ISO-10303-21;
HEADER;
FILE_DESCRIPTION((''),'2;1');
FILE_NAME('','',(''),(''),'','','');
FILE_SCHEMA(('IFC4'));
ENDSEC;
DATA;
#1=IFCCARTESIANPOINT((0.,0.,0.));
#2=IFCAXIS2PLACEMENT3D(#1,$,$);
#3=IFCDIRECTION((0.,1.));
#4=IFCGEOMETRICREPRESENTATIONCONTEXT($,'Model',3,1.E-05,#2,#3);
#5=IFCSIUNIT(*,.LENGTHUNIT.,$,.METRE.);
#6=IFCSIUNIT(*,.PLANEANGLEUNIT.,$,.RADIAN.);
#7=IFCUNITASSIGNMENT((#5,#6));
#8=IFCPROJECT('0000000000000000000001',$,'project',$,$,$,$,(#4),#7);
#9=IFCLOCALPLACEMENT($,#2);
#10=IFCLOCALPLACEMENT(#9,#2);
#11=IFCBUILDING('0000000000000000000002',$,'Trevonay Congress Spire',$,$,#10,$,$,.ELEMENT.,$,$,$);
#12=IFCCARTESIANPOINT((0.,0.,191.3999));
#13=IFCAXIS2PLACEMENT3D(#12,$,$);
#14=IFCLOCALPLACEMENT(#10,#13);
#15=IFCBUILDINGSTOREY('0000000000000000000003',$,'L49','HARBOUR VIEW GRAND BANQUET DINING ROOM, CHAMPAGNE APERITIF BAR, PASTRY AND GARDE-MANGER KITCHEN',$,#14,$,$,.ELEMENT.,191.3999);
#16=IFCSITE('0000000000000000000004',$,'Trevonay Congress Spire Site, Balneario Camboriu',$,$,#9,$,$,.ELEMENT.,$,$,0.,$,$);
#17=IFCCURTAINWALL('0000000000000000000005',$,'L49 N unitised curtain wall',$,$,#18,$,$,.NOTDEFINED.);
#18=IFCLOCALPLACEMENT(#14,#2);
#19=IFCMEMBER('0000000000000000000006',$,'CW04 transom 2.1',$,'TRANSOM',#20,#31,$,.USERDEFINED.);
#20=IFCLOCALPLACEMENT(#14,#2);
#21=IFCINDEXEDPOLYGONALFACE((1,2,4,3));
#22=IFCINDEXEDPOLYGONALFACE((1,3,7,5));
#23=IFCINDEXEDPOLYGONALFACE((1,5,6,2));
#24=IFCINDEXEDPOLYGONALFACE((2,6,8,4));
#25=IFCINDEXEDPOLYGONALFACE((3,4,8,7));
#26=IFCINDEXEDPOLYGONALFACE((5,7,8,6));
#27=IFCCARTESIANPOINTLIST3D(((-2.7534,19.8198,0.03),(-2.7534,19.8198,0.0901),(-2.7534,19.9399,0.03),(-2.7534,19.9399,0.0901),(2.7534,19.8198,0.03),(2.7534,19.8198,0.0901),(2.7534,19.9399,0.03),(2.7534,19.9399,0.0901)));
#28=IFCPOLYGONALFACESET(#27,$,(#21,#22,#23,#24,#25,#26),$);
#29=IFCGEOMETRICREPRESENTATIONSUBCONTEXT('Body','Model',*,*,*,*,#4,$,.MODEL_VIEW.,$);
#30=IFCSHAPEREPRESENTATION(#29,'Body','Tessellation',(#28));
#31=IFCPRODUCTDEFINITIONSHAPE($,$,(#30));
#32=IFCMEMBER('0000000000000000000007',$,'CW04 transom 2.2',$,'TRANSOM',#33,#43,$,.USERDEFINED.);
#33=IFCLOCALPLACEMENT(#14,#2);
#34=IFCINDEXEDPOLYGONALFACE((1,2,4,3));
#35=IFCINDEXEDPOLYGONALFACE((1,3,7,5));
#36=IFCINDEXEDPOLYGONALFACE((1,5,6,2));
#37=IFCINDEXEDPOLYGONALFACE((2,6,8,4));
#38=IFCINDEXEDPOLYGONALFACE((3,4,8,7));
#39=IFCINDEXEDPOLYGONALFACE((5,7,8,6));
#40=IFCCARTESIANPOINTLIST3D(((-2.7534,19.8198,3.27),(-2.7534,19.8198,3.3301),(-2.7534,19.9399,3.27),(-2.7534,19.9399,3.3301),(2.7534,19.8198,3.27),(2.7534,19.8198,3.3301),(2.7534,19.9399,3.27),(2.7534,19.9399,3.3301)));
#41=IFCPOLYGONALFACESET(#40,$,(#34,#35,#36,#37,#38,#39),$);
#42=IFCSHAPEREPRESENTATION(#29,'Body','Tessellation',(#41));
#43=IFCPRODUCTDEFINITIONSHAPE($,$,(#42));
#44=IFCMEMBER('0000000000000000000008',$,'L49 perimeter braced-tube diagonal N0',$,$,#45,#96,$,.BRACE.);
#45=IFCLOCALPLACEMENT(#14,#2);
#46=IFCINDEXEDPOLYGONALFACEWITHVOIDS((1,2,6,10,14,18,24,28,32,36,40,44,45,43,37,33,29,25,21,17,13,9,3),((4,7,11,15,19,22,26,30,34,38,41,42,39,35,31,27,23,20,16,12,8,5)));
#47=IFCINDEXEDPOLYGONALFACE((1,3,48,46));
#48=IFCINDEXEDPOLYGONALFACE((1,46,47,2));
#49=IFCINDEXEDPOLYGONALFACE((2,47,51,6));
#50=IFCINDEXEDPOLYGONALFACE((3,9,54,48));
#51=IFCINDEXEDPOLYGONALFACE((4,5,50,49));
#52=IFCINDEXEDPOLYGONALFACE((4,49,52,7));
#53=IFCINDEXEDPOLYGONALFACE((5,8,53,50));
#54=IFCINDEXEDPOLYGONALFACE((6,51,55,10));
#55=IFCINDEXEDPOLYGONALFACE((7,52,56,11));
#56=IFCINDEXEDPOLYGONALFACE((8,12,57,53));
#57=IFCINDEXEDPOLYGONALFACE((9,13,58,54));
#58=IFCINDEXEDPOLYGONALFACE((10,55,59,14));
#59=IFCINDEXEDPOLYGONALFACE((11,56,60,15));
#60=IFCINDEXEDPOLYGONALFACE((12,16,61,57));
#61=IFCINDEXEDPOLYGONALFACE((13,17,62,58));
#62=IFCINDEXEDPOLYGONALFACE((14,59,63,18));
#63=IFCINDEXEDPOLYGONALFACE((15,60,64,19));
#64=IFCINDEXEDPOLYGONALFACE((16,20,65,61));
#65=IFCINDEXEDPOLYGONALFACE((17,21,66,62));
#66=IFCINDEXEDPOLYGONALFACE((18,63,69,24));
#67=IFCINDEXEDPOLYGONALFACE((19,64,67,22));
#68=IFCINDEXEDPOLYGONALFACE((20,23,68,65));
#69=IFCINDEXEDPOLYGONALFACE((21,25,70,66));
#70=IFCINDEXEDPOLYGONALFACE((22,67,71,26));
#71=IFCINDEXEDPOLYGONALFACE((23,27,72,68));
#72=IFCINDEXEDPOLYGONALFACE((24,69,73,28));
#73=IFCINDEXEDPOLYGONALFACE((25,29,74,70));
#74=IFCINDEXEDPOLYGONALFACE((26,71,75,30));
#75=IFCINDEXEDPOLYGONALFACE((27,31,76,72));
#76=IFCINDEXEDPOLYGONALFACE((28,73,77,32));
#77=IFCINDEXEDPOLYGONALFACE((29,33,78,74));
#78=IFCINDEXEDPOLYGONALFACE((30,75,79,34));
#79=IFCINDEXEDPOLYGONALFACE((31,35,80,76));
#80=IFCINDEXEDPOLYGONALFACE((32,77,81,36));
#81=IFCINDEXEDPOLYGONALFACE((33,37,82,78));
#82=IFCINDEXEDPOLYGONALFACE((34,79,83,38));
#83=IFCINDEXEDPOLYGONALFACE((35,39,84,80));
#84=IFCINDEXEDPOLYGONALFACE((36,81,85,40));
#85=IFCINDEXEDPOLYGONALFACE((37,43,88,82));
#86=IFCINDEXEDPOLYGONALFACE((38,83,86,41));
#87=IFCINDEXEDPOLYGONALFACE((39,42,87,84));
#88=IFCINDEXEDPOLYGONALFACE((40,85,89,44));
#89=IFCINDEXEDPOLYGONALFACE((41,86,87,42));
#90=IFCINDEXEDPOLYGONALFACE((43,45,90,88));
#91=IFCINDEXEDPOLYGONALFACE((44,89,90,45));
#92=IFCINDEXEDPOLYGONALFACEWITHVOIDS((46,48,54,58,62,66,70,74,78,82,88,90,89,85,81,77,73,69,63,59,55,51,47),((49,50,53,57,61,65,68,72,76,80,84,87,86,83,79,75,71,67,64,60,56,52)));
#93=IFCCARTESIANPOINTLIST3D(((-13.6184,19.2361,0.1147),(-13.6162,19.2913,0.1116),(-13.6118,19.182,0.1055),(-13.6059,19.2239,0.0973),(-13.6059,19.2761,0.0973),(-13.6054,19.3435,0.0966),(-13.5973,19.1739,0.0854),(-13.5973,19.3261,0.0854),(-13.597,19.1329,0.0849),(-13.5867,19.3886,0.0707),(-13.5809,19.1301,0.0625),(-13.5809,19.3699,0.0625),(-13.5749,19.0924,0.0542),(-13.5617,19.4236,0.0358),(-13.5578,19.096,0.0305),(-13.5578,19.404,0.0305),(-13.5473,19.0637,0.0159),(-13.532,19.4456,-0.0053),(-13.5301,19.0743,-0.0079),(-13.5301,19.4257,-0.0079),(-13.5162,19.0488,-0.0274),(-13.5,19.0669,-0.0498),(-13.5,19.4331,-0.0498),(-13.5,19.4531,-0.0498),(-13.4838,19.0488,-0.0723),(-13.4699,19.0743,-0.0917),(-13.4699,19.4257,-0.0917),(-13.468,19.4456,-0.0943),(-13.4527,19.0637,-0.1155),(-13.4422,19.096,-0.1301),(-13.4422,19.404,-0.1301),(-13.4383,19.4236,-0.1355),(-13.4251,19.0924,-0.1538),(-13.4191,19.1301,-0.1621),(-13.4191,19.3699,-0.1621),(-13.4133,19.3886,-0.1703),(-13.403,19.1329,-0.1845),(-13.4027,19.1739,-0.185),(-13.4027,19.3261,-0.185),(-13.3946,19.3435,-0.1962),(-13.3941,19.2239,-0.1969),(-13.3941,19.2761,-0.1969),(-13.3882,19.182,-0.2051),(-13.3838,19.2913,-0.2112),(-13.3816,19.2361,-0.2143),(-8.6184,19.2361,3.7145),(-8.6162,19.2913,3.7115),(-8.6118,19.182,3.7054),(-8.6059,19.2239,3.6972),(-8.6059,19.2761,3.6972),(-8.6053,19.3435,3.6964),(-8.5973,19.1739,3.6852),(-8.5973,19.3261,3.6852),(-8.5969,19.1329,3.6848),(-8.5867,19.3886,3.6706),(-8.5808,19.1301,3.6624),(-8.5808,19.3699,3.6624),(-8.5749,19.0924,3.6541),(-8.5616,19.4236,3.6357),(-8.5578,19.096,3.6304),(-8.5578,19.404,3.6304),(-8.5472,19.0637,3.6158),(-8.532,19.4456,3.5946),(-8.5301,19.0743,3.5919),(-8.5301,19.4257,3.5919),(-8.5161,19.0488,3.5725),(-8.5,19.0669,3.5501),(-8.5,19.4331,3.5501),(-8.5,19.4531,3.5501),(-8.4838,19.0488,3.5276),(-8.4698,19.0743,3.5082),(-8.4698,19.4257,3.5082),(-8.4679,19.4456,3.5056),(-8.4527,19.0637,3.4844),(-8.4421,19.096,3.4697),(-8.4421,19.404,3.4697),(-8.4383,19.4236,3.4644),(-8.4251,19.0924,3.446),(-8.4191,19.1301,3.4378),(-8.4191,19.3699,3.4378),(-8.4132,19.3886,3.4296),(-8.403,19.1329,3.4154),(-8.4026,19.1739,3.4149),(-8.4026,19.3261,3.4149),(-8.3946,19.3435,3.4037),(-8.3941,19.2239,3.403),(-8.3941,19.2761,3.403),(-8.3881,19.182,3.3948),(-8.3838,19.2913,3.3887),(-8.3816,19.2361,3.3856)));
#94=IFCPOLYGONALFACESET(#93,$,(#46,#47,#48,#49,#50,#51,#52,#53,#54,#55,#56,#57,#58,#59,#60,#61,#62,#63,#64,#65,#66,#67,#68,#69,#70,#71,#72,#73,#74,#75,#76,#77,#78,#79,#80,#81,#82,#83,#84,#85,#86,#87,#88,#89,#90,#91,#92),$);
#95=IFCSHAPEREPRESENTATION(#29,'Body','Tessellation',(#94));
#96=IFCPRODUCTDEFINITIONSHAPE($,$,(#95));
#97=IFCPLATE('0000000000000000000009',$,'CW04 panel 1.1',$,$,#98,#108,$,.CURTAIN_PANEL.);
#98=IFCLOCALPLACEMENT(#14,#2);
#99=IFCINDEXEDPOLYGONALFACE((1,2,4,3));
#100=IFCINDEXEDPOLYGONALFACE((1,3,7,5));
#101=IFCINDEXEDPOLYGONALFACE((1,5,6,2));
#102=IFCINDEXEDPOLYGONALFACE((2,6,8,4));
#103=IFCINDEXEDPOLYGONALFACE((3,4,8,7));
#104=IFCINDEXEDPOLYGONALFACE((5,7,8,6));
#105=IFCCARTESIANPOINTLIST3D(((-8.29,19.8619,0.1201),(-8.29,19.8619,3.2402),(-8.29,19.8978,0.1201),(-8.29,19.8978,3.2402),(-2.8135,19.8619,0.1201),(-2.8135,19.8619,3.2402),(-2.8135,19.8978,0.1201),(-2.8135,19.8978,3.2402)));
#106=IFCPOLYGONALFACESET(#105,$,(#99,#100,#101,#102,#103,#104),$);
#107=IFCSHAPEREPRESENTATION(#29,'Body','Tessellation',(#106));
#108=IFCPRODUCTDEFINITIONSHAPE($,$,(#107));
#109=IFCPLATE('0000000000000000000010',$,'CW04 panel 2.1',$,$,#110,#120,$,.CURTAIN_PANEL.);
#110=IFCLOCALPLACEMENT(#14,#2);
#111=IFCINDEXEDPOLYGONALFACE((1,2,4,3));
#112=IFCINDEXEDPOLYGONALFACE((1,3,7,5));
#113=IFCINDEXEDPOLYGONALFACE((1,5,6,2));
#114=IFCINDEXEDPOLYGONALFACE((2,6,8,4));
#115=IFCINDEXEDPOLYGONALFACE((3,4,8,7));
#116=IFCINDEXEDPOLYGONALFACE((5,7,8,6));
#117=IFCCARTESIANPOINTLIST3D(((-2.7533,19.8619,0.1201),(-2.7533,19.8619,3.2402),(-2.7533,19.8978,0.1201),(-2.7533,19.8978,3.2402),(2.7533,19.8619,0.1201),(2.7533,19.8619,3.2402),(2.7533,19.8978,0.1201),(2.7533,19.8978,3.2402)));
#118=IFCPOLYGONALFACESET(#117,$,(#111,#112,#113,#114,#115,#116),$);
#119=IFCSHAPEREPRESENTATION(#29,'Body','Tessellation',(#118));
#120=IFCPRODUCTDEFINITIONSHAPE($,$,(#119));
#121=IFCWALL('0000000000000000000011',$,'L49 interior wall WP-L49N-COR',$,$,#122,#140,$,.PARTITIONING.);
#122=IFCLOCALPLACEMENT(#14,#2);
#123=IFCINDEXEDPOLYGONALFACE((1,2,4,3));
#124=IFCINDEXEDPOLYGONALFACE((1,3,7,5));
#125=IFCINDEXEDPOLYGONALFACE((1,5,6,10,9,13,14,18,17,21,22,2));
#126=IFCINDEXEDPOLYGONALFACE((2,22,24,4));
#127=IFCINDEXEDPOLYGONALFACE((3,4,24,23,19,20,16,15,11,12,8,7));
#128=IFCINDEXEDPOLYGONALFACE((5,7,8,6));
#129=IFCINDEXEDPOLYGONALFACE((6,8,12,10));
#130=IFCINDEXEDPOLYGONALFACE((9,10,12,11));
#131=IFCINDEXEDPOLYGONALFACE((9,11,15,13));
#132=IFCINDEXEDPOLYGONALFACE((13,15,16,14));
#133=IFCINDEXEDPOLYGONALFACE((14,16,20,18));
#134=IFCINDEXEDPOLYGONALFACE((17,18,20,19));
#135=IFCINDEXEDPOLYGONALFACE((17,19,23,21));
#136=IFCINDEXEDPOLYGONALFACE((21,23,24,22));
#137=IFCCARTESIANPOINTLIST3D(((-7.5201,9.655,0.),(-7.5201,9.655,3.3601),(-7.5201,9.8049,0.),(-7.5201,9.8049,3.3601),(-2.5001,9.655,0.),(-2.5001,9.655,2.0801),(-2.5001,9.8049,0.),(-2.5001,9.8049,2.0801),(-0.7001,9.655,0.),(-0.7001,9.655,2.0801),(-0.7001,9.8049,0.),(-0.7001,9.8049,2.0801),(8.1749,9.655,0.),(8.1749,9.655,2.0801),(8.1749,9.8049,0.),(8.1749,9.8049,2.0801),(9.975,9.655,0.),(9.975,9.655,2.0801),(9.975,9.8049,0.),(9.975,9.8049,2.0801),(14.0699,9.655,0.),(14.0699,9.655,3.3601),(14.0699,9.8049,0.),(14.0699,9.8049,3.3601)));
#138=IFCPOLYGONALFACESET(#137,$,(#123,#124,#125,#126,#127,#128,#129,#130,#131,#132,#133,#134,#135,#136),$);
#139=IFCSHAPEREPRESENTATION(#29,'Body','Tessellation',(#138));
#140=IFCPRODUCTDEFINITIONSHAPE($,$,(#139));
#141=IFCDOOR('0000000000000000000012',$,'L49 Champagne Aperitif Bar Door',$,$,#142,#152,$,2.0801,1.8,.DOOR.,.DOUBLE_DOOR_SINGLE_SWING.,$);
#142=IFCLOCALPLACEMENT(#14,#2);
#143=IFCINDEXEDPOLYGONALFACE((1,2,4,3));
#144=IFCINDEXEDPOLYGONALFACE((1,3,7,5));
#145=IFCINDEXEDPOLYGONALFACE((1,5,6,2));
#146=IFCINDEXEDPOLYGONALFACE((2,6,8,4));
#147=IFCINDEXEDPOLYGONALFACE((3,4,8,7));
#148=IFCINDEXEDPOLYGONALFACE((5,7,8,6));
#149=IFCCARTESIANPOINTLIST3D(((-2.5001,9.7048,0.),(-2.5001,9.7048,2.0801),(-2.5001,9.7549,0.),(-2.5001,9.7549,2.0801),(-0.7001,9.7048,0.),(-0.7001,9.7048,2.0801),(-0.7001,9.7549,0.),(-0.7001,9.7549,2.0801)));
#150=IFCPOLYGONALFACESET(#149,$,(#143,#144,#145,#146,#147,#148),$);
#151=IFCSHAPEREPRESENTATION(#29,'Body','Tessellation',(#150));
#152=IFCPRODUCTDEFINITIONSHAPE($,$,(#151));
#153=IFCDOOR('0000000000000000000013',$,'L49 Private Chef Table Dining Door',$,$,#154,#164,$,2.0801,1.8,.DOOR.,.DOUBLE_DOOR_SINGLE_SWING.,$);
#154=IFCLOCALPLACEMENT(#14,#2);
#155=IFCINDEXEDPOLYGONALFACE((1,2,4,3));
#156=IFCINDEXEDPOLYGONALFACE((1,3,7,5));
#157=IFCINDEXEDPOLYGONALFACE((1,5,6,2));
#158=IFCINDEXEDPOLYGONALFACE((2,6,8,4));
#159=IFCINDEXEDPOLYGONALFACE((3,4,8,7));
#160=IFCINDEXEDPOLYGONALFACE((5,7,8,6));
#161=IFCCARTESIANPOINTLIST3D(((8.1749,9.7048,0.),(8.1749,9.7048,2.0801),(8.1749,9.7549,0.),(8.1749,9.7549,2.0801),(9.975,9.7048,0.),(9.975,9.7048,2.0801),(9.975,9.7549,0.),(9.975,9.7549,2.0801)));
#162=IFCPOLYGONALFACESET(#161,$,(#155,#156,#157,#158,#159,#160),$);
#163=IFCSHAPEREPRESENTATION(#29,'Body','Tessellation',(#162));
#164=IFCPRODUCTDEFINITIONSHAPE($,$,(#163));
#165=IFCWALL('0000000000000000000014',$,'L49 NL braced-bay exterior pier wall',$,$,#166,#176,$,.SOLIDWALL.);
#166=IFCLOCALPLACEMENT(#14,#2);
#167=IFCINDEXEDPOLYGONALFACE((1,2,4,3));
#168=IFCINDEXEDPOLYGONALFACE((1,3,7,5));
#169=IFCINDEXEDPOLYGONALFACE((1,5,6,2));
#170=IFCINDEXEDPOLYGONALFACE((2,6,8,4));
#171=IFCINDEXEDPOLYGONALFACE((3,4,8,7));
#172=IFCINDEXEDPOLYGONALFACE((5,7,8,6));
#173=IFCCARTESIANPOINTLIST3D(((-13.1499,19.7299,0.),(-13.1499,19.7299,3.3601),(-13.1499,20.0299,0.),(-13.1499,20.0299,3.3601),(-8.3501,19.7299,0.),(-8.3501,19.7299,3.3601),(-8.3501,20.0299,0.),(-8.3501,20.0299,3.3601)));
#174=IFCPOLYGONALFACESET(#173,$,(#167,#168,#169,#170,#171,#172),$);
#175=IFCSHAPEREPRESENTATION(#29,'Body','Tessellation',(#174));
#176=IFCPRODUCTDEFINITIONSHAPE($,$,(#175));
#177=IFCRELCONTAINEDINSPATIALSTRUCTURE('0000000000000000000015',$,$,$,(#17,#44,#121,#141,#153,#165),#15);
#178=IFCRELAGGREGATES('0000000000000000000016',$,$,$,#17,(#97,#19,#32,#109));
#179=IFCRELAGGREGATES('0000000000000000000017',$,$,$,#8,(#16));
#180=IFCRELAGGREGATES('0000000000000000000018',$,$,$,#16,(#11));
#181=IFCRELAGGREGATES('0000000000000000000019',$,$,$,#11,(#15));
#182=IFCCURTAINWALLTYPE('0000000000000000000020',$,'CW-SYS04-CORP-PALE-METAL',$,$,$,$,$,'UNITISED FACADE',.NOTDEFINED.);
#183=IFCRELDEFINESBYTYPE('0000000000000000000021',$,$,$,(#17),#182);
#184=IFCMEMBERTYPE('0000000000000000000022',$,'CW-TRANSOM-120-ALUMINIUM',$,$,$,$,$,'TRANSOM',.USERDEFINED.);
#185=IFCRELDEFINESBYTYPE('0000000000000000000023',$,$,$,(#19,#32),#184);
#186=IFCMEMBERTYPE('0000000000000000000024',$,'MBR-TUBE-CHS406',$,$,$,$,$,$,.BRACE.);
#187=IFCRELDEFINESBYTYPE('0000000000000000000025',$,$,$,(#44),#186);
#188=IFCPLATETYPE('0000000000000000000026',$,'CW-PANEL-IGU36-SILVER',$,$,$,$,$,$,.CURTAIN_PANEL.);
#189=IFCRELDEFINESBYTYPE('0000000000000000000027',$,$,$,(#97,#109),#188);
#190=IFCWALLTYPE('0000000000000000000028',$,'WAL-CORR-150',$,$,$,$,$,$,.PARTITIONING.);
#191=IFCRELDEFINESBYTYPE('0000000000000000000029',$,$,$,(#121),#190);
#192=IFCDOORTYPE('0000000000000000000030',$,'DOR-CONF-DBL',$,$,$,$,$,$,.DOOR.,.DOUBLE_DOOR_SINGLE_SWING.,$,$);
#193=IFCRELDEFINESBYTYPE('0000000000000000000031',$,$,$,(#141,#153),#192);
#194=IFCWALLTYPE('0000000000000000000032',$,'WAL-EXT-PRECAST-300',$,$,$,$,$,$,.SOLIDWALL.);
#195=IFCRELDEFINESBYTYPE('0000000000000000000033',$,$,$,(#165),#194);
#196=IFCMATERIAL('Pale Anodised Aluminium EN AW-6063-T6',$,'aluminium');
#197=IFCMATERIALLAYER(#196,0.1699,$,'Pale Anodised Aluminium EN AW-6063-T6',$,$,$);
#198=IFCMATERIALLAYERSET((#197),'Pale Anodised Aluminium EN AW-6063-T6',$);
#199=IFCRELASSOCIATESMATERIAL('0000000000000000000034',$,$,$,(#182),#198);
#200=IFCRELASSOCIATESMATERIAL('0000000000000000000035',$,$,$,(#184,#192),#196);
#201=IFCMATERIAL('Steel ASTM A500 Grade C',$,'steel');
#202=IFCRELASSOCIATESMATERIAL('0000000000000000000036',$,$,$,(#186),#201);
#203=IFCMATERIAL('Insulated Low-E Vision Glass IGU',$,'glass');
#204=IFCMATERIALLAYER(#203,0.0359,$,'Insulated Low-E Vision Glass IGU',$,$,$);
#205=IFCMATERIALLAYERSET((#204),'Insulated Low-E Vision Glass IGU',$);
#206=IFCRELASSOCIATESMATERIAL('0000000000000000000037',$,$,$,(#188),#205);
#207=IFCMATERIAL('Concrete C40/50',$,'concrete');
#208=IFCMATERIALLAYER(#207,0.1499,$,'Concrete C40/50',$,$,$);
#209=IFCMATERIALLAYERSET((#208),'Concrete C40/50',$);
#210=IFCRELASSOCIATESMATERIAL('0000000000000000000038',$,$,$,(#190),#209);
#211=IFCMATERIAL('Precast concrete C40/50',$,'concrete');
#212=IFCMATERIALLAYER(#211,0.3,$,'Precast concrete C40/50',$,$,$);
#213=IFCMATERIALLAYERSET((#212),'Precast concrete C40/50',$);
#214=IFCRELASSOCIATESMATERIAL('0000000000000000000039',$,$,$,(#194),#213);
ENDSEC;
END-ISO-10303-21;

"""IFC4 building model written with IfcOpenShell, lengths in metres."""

from ifc_helpers import new_model, si_unit, direction, frame, frame_2d, origin, origin_2d, place, context, subcontext, project, spatial, rectangle, hollow_circle, extrude, material, layer, layer_set, material_profile, profile_set, type_object, element, fill, aggregate, save


model = new_model("IFC4")

# Units and contexts
model_context = context("Model", 3, precision=1e-05, world=origin(), true_north=direction((0.0, 1.0)))
body_context = subcontext(model_context, "Body", "Model", "MODEL_VIEW")
ifc_project = project(units=[si_unit("LENGTHUNIT", "METRE"), si_unit("PLANEANGLEUNIT", "RADIAN")], contexts=[model_context])

# Site, building, storey
site_placement = place(None, origin())
site = spatial("IfcSite", under=ifc_project, at=site_placement, Name="Trevonay Congress Spire Site, Balneario Camboriu", CompositionType="ELEMENT", RefElevation=0.0)
building_placement = place(site_placement, origin())
building = spatial("IfcBuilding", under=site, at=building_placement, Name="Trevonay Congress Spire", CompositionType="ELEMENT")
storey_placement = place(building_placement, frame((0.0, 0.0, 191.3999)))
storey = spatial("IfcBuildingStorey", under=building, at=storey_placement, Name="L49", Description="HARBOUR VIEW GRAND BANQUET DINING ROOM, CHAMPAGNE APERITIF BAR, PASTRY AND GARDE-MANGER KITCHEN", CompositionType="ELEMENT", Elevation=191.3999)

# Curtain wall, members
ifc_material_1 = material(Name="Pale Anodised Aluminium EN AW-6063-T6", Category="aluminium")
ifc_layer_1 = layer(ifc_material_1, 0.1699, Name="Pale Anodised Aluminium EN AW-6063-T6")
ifc_layer_set_1 = layer_set([ifc_layer_1], Name="Pale Anodised Aluminium EN AW-6063-T6")
curtain_wall_type = type_object("IfcCurtainWallType", Name="CW-SYS04-CORP-PALE-METAL", ElementType="UNITISED FACADE", PredefinedType="NOTDEFINED", material=ifc_layer_set_1)
curtain_wall_placement = place(storey_placement, origin())
curtain_wall = element("IfcCurtainWall", 1, at=curtain_wall_placement, inside=storey, type_object=curtain_wall_type, Name="L49 N unitised curtain wall", PredefinedType="NOTDEFINED")
ifc_material_profile_1 = material_profile(ifc_material_1, rectangle(XDim=0.1201, YDim=0.0601, at=origin_2d()), Name="CW-TRANSOM-120-ALUMINIUM")
ifc_profile_set_1 = profile_set([ifc_material_profile_1], Name="Pale Anodised Aluminium EN AW-6063-T6")
member_type_1 = type_object("IfcMemberType", Name="CW-TRANSOM-120-ALUMINIUM", ElementType="TRANSOM", PredefinedType="USERDEFINED", material=ifc_profile_set_1)
member_1_placement = place(storey_placement, frame((-2.7534, 19.8799, 0.0601), z_axis=(1.0, 0.0, 0.0), x_axis=(0.0, 1.0, 0.0)))
member_1 = element("IfcMember", 2, at=member_1_placement, type_object=member_type_1, Name="CW04 transom 2.1", ObjectType="TRANSOM", PredefinedType="USERDEFINED", context=body_context, shape_type="SweptSolid", body=[
    extrude(rectangle(XDim=0.1201, YDim=0.0601, at=origin_2d()), origin(), (0.0, 0.0, 1.0), 5.5068),
])
member_2_placement = place(storey_placement, frame((-2.7534, 19.8799, 3.3), z_axis=(1.0, 0.0, 0.0), x_axis=(0.0, 1.0, 0.0)))
member_2 = element("IfcMember", 3, at=member_2_placement, type_object=member_type_1, Name="CW04 transom 2.2", ObjectType="TRANSOM", PredefinedType="USERDEFINED", context=body_context, shape_type="SweptSolid", body=[
    extrude(rectangle(XDim=0.1201, YDim=0.0601, at=origin_2d()), origin(), (0.0, 0.0, 1.0), 5.5068),
])

# Member
ifc_material_2 = material(Name="Steel ASTM A500 Grade C", Category="steel")
ifc_material_profile_2 = material_profile(ifc_material_2, hollow_circle(Radius=0.2031, WallThickness=0.02, at=origin_2d()), Name="CHS 406.4x20")
ifc_profile_set_2 = profile_set([ifc_material_profile_2], Name="Steel ASTM A500 Grade C")
member_type_2 = type_object("IfcMemberType", Name="MBR-TUBE-CHS406", PredefinedType="BRACE", material=ifc_profile_set_2)
member_3_placement = place(storey_placement, frame((-13.5, 19.25, -0.0498), z_axis=(0.811546, 0.0, 0.584289), x_axis=(0.0, 1.0, 0.0)))
element("IfcMember", 4, at=member_3_placement, inside=storey, type_object=member_type_2, Name="L49 perimeter braced-tube diagonal N0", PredefinedType="BRACE", context=body_context, shape_type="SweptSolid", body=[
    extrude(hollow_circle(Radius=0.2031, WallThickness=0.02, at=origin_2d()), origin(), (0.0, 0.0, 1.0), 6.1611),
])

# Plates
ifc_material_3 = material(Name="Insulated Low-E Vision Glass IGU", Category="glass")
ifc_layer_2 = layer(ifc_material_3, 0.0359, Name="Insulated Low-E Vision Glass IGU")
ifc_layer_set_2 = layer_set([ifc_layer_2], Name="Insulated Low-E Vision Glass IGU")
plate_type = type_object("IfcPlateType", Name="CW-PANEL-IGU36-SILVER", PredefinedType="CURTAIN_PANEL", material=ifc_layer_set_2)
plate_1_placement = place(storey_placement, frame((-5.5518, 19.8799, 0.1201), z_axis=(0.0, 0.0, 1.0), x_axis=(1.0, 0.0, 0.0)))
plate_1 = element("IfcPlate", 5, at=plate_1_placement, type_object=plate_type, Name="CW04 panel 1.1", PredefinedType="CURTAIN_PANEL", context=body_context, shape_type="SweptSolid", body=[
    extrude(rectangle(XDim=5.4766, YDim=0.0359, at=origin_2d()), origin(), (0.0, 0.0, 1.0), 3.1201),
])
plate_2_placement = place(storey_placement, frame((0.0, 19.8799, 0.1201), z_axis=(0.0, 0.0, 1.0), x_axis=(1.0, 0.0, 0.0)))
plate_2 = element("IfcPlate", 6, at=plate_2_placement, type_object=plate_type, Name="CW04 panel 2.1", PredefinedType="CURTAIN_PANEL", context=body_context, shape_type="SweptSolid", body=[
    extrude(rectangle(XDim=5.5066, YDim=0.0359, at=origin_2d()), origin(), (0.0, 0.0, 1.0), 3.1201),
])
aggregate(curtain_wall, [plate_1, member_1, member_2, plate_2])

# Wall, openings, doors
ifc_material_4 = material(Name="Concrete C40/50", Category="concrete")
ifc_layer_3 = layer(ifc_material_4, 0.1499, Name="Concrete C40/50")
ifc_layer_set_3 = layer_set([ifc_layer_3], Name="Concrete C40/50")
wall_type_1 = type_object("IfcWallType", Name="WAL-CORR-150", PredefinedType="PARTITIONING", material=ifc_layer_set_3)
wall_1_placement = place(storey_placement, frame((-7.52, 9.73, 0.0), z_axis=(0.0, 0.0, 1.0), x_axis=(1.0, 0.0, 0.0)))
wall_1 = element("IfcWall", 7, at=wall_1_placement, inside=storey, type_object=wall_type_1, Name="L49 interior wall WP-L49N-COR", PredefinedType="PARTITIONING", context=body_context, shape_type="SweptSolid", body=[
    extrude(rectangle(XDim=21.5901, YDim=0.1499, at=frame_2d((10.7949, 0.0))), origin(), (0.0, 0.0, 1.0), 3.3601),
])
opening_1_placement = place(wall_1_placement, frame((5.02, 0.0, 0.0)))
opening_1 = element("IfcOpeningElement", 8, at=opening_1_placement, cuts=wall_1, PredefinedType="OPENING", context=body_context, shape_type="SweptSolid", body=[
    extrude(rectangle(XDim=1.8, YDim=2.0801, at=frame_2d((0.8999, 1.04))), frame((0.0, 0.085, 0.0), z_axis=(0.0, -1.0, 0.0), x_axis=(1.0, 0.0, 0.0)), (0.0, 0.0, 1.0), 0.1699),
])
opening_2_placement = place(wall_1_placement, frame((15.6951, 0.0, 0.0)))
opening_2 = element("IfcOpeningElement", 9, at=opening_2_placement, cuts=wall_1, PredefinedType="OPENING", context=body_context, shape_type="SweptSolid", body=[
    extrude(rectangle(XDim=1.8, YDim=2.0801, at=frame_2d((0.8999, 1.04))), frame((0.0, 0.085, 0.0), z_axis=(0.0, -1.0, 0.0), x_axis=(1.0, 0.0, 0.0)), (0.0, 0.0, 1.0), 0.1699),
])
door_type = type_object("IfcDoorType", Name="DOR-CONF-DBL", OperationType="DOUBLE_DOOR_SINGLE_SWING", PredefinedType="DOOR", material=ifc_material_1)
door_1_placement = place(opening_1_placement, origin())
door_1 = element("IfcDoor", 10, at=door_1_placement, inside=storey, type_object=door_type, Name="L49 Champagne Aperitif Bar Door", OperationType="DOUBLE_DOOR_SINGLE_SWING", OverallHeight=2.0801, OverallWidth=1.8, PredefinedType="DOOR", context=body_context, shape_type="SweptSolid", body=[
    extrude(rectangle(XDim=1.8, YDim=2.0801, at=frame_2d((0.8999, 1.04))), frame((0.0, 0.0249, 0.0), z_axis=(0.0, -1.0, 0.0), x_axis=(1.0, 0.0, 0.0)), (0.0, 0.0, 1.0), 0.05),
])
fill(opening_1, door_1)
door_2_placement = place(opening_2_placement, origin())
door_2 = element("IfcDoor", 11, at=door_2_placement, inside=storey, type_object=door_type, Name="L49 Private Chef Table Dining Door", OperationType="DOUBLE_DOOR_SINGLE_SWING", OverallHeight=2.0801, OverallWidth=1.8, PredefinedType="DOOR", context=body_context, shape_type="SweptSolid", body=[
    extrude(rectangle(XDim=1.8, YDim=2.0801, at=frame_2d((0.8999, 1.04))), frame((0.0, 0.0249, 0.0), z_axis=(0.0, -1.0, 0.0), x_axis=(1.0, 0.0, 0.0)), (0.0, 0.0, 1.0), 0.05),
])
fill(opening_2, door_2)

# Wall
ifc_material_5 = material(Name="Precast concrete C40/50", Category="concrete")
ifc_layer_4 = layer(ifc_material_5, 0.3, Name="Precast concrete C40/50")
ifc_layer_set_4 = layer_set([ifc_layer_4], Name="Precast concrete C40/50")
wall_type_2 = type_object("IfcWallType", Name="WAL-EXT-PRECAST-300", PredefinedType="SOLIDWALL", material=ifc_layer_set_4)
wall_2_placement = place(storey_placement, frame((-13.1499, 19.8799, 0.0), z_axis=(0.0, 0.0, 1.0), x_axis=(1.0, 0.0, 0.0)))
element("IfcWall", 12, at=wall_2_placement, inside=storey, type_object=wall_type_2, Name="L49 NL braced-bay exterior pier wall", PredefinedType="SOLIDWALL", context=body_context, shape_type="SweptSolid", body=[
    extrude(rectangle(XDim=4.7998, YDim=0.3, at=frame_2d((2.3999, 0.0))), origin(), (0.0, 0.0, 1.0), 3.3601),
])

save(model, "model.ifc")
